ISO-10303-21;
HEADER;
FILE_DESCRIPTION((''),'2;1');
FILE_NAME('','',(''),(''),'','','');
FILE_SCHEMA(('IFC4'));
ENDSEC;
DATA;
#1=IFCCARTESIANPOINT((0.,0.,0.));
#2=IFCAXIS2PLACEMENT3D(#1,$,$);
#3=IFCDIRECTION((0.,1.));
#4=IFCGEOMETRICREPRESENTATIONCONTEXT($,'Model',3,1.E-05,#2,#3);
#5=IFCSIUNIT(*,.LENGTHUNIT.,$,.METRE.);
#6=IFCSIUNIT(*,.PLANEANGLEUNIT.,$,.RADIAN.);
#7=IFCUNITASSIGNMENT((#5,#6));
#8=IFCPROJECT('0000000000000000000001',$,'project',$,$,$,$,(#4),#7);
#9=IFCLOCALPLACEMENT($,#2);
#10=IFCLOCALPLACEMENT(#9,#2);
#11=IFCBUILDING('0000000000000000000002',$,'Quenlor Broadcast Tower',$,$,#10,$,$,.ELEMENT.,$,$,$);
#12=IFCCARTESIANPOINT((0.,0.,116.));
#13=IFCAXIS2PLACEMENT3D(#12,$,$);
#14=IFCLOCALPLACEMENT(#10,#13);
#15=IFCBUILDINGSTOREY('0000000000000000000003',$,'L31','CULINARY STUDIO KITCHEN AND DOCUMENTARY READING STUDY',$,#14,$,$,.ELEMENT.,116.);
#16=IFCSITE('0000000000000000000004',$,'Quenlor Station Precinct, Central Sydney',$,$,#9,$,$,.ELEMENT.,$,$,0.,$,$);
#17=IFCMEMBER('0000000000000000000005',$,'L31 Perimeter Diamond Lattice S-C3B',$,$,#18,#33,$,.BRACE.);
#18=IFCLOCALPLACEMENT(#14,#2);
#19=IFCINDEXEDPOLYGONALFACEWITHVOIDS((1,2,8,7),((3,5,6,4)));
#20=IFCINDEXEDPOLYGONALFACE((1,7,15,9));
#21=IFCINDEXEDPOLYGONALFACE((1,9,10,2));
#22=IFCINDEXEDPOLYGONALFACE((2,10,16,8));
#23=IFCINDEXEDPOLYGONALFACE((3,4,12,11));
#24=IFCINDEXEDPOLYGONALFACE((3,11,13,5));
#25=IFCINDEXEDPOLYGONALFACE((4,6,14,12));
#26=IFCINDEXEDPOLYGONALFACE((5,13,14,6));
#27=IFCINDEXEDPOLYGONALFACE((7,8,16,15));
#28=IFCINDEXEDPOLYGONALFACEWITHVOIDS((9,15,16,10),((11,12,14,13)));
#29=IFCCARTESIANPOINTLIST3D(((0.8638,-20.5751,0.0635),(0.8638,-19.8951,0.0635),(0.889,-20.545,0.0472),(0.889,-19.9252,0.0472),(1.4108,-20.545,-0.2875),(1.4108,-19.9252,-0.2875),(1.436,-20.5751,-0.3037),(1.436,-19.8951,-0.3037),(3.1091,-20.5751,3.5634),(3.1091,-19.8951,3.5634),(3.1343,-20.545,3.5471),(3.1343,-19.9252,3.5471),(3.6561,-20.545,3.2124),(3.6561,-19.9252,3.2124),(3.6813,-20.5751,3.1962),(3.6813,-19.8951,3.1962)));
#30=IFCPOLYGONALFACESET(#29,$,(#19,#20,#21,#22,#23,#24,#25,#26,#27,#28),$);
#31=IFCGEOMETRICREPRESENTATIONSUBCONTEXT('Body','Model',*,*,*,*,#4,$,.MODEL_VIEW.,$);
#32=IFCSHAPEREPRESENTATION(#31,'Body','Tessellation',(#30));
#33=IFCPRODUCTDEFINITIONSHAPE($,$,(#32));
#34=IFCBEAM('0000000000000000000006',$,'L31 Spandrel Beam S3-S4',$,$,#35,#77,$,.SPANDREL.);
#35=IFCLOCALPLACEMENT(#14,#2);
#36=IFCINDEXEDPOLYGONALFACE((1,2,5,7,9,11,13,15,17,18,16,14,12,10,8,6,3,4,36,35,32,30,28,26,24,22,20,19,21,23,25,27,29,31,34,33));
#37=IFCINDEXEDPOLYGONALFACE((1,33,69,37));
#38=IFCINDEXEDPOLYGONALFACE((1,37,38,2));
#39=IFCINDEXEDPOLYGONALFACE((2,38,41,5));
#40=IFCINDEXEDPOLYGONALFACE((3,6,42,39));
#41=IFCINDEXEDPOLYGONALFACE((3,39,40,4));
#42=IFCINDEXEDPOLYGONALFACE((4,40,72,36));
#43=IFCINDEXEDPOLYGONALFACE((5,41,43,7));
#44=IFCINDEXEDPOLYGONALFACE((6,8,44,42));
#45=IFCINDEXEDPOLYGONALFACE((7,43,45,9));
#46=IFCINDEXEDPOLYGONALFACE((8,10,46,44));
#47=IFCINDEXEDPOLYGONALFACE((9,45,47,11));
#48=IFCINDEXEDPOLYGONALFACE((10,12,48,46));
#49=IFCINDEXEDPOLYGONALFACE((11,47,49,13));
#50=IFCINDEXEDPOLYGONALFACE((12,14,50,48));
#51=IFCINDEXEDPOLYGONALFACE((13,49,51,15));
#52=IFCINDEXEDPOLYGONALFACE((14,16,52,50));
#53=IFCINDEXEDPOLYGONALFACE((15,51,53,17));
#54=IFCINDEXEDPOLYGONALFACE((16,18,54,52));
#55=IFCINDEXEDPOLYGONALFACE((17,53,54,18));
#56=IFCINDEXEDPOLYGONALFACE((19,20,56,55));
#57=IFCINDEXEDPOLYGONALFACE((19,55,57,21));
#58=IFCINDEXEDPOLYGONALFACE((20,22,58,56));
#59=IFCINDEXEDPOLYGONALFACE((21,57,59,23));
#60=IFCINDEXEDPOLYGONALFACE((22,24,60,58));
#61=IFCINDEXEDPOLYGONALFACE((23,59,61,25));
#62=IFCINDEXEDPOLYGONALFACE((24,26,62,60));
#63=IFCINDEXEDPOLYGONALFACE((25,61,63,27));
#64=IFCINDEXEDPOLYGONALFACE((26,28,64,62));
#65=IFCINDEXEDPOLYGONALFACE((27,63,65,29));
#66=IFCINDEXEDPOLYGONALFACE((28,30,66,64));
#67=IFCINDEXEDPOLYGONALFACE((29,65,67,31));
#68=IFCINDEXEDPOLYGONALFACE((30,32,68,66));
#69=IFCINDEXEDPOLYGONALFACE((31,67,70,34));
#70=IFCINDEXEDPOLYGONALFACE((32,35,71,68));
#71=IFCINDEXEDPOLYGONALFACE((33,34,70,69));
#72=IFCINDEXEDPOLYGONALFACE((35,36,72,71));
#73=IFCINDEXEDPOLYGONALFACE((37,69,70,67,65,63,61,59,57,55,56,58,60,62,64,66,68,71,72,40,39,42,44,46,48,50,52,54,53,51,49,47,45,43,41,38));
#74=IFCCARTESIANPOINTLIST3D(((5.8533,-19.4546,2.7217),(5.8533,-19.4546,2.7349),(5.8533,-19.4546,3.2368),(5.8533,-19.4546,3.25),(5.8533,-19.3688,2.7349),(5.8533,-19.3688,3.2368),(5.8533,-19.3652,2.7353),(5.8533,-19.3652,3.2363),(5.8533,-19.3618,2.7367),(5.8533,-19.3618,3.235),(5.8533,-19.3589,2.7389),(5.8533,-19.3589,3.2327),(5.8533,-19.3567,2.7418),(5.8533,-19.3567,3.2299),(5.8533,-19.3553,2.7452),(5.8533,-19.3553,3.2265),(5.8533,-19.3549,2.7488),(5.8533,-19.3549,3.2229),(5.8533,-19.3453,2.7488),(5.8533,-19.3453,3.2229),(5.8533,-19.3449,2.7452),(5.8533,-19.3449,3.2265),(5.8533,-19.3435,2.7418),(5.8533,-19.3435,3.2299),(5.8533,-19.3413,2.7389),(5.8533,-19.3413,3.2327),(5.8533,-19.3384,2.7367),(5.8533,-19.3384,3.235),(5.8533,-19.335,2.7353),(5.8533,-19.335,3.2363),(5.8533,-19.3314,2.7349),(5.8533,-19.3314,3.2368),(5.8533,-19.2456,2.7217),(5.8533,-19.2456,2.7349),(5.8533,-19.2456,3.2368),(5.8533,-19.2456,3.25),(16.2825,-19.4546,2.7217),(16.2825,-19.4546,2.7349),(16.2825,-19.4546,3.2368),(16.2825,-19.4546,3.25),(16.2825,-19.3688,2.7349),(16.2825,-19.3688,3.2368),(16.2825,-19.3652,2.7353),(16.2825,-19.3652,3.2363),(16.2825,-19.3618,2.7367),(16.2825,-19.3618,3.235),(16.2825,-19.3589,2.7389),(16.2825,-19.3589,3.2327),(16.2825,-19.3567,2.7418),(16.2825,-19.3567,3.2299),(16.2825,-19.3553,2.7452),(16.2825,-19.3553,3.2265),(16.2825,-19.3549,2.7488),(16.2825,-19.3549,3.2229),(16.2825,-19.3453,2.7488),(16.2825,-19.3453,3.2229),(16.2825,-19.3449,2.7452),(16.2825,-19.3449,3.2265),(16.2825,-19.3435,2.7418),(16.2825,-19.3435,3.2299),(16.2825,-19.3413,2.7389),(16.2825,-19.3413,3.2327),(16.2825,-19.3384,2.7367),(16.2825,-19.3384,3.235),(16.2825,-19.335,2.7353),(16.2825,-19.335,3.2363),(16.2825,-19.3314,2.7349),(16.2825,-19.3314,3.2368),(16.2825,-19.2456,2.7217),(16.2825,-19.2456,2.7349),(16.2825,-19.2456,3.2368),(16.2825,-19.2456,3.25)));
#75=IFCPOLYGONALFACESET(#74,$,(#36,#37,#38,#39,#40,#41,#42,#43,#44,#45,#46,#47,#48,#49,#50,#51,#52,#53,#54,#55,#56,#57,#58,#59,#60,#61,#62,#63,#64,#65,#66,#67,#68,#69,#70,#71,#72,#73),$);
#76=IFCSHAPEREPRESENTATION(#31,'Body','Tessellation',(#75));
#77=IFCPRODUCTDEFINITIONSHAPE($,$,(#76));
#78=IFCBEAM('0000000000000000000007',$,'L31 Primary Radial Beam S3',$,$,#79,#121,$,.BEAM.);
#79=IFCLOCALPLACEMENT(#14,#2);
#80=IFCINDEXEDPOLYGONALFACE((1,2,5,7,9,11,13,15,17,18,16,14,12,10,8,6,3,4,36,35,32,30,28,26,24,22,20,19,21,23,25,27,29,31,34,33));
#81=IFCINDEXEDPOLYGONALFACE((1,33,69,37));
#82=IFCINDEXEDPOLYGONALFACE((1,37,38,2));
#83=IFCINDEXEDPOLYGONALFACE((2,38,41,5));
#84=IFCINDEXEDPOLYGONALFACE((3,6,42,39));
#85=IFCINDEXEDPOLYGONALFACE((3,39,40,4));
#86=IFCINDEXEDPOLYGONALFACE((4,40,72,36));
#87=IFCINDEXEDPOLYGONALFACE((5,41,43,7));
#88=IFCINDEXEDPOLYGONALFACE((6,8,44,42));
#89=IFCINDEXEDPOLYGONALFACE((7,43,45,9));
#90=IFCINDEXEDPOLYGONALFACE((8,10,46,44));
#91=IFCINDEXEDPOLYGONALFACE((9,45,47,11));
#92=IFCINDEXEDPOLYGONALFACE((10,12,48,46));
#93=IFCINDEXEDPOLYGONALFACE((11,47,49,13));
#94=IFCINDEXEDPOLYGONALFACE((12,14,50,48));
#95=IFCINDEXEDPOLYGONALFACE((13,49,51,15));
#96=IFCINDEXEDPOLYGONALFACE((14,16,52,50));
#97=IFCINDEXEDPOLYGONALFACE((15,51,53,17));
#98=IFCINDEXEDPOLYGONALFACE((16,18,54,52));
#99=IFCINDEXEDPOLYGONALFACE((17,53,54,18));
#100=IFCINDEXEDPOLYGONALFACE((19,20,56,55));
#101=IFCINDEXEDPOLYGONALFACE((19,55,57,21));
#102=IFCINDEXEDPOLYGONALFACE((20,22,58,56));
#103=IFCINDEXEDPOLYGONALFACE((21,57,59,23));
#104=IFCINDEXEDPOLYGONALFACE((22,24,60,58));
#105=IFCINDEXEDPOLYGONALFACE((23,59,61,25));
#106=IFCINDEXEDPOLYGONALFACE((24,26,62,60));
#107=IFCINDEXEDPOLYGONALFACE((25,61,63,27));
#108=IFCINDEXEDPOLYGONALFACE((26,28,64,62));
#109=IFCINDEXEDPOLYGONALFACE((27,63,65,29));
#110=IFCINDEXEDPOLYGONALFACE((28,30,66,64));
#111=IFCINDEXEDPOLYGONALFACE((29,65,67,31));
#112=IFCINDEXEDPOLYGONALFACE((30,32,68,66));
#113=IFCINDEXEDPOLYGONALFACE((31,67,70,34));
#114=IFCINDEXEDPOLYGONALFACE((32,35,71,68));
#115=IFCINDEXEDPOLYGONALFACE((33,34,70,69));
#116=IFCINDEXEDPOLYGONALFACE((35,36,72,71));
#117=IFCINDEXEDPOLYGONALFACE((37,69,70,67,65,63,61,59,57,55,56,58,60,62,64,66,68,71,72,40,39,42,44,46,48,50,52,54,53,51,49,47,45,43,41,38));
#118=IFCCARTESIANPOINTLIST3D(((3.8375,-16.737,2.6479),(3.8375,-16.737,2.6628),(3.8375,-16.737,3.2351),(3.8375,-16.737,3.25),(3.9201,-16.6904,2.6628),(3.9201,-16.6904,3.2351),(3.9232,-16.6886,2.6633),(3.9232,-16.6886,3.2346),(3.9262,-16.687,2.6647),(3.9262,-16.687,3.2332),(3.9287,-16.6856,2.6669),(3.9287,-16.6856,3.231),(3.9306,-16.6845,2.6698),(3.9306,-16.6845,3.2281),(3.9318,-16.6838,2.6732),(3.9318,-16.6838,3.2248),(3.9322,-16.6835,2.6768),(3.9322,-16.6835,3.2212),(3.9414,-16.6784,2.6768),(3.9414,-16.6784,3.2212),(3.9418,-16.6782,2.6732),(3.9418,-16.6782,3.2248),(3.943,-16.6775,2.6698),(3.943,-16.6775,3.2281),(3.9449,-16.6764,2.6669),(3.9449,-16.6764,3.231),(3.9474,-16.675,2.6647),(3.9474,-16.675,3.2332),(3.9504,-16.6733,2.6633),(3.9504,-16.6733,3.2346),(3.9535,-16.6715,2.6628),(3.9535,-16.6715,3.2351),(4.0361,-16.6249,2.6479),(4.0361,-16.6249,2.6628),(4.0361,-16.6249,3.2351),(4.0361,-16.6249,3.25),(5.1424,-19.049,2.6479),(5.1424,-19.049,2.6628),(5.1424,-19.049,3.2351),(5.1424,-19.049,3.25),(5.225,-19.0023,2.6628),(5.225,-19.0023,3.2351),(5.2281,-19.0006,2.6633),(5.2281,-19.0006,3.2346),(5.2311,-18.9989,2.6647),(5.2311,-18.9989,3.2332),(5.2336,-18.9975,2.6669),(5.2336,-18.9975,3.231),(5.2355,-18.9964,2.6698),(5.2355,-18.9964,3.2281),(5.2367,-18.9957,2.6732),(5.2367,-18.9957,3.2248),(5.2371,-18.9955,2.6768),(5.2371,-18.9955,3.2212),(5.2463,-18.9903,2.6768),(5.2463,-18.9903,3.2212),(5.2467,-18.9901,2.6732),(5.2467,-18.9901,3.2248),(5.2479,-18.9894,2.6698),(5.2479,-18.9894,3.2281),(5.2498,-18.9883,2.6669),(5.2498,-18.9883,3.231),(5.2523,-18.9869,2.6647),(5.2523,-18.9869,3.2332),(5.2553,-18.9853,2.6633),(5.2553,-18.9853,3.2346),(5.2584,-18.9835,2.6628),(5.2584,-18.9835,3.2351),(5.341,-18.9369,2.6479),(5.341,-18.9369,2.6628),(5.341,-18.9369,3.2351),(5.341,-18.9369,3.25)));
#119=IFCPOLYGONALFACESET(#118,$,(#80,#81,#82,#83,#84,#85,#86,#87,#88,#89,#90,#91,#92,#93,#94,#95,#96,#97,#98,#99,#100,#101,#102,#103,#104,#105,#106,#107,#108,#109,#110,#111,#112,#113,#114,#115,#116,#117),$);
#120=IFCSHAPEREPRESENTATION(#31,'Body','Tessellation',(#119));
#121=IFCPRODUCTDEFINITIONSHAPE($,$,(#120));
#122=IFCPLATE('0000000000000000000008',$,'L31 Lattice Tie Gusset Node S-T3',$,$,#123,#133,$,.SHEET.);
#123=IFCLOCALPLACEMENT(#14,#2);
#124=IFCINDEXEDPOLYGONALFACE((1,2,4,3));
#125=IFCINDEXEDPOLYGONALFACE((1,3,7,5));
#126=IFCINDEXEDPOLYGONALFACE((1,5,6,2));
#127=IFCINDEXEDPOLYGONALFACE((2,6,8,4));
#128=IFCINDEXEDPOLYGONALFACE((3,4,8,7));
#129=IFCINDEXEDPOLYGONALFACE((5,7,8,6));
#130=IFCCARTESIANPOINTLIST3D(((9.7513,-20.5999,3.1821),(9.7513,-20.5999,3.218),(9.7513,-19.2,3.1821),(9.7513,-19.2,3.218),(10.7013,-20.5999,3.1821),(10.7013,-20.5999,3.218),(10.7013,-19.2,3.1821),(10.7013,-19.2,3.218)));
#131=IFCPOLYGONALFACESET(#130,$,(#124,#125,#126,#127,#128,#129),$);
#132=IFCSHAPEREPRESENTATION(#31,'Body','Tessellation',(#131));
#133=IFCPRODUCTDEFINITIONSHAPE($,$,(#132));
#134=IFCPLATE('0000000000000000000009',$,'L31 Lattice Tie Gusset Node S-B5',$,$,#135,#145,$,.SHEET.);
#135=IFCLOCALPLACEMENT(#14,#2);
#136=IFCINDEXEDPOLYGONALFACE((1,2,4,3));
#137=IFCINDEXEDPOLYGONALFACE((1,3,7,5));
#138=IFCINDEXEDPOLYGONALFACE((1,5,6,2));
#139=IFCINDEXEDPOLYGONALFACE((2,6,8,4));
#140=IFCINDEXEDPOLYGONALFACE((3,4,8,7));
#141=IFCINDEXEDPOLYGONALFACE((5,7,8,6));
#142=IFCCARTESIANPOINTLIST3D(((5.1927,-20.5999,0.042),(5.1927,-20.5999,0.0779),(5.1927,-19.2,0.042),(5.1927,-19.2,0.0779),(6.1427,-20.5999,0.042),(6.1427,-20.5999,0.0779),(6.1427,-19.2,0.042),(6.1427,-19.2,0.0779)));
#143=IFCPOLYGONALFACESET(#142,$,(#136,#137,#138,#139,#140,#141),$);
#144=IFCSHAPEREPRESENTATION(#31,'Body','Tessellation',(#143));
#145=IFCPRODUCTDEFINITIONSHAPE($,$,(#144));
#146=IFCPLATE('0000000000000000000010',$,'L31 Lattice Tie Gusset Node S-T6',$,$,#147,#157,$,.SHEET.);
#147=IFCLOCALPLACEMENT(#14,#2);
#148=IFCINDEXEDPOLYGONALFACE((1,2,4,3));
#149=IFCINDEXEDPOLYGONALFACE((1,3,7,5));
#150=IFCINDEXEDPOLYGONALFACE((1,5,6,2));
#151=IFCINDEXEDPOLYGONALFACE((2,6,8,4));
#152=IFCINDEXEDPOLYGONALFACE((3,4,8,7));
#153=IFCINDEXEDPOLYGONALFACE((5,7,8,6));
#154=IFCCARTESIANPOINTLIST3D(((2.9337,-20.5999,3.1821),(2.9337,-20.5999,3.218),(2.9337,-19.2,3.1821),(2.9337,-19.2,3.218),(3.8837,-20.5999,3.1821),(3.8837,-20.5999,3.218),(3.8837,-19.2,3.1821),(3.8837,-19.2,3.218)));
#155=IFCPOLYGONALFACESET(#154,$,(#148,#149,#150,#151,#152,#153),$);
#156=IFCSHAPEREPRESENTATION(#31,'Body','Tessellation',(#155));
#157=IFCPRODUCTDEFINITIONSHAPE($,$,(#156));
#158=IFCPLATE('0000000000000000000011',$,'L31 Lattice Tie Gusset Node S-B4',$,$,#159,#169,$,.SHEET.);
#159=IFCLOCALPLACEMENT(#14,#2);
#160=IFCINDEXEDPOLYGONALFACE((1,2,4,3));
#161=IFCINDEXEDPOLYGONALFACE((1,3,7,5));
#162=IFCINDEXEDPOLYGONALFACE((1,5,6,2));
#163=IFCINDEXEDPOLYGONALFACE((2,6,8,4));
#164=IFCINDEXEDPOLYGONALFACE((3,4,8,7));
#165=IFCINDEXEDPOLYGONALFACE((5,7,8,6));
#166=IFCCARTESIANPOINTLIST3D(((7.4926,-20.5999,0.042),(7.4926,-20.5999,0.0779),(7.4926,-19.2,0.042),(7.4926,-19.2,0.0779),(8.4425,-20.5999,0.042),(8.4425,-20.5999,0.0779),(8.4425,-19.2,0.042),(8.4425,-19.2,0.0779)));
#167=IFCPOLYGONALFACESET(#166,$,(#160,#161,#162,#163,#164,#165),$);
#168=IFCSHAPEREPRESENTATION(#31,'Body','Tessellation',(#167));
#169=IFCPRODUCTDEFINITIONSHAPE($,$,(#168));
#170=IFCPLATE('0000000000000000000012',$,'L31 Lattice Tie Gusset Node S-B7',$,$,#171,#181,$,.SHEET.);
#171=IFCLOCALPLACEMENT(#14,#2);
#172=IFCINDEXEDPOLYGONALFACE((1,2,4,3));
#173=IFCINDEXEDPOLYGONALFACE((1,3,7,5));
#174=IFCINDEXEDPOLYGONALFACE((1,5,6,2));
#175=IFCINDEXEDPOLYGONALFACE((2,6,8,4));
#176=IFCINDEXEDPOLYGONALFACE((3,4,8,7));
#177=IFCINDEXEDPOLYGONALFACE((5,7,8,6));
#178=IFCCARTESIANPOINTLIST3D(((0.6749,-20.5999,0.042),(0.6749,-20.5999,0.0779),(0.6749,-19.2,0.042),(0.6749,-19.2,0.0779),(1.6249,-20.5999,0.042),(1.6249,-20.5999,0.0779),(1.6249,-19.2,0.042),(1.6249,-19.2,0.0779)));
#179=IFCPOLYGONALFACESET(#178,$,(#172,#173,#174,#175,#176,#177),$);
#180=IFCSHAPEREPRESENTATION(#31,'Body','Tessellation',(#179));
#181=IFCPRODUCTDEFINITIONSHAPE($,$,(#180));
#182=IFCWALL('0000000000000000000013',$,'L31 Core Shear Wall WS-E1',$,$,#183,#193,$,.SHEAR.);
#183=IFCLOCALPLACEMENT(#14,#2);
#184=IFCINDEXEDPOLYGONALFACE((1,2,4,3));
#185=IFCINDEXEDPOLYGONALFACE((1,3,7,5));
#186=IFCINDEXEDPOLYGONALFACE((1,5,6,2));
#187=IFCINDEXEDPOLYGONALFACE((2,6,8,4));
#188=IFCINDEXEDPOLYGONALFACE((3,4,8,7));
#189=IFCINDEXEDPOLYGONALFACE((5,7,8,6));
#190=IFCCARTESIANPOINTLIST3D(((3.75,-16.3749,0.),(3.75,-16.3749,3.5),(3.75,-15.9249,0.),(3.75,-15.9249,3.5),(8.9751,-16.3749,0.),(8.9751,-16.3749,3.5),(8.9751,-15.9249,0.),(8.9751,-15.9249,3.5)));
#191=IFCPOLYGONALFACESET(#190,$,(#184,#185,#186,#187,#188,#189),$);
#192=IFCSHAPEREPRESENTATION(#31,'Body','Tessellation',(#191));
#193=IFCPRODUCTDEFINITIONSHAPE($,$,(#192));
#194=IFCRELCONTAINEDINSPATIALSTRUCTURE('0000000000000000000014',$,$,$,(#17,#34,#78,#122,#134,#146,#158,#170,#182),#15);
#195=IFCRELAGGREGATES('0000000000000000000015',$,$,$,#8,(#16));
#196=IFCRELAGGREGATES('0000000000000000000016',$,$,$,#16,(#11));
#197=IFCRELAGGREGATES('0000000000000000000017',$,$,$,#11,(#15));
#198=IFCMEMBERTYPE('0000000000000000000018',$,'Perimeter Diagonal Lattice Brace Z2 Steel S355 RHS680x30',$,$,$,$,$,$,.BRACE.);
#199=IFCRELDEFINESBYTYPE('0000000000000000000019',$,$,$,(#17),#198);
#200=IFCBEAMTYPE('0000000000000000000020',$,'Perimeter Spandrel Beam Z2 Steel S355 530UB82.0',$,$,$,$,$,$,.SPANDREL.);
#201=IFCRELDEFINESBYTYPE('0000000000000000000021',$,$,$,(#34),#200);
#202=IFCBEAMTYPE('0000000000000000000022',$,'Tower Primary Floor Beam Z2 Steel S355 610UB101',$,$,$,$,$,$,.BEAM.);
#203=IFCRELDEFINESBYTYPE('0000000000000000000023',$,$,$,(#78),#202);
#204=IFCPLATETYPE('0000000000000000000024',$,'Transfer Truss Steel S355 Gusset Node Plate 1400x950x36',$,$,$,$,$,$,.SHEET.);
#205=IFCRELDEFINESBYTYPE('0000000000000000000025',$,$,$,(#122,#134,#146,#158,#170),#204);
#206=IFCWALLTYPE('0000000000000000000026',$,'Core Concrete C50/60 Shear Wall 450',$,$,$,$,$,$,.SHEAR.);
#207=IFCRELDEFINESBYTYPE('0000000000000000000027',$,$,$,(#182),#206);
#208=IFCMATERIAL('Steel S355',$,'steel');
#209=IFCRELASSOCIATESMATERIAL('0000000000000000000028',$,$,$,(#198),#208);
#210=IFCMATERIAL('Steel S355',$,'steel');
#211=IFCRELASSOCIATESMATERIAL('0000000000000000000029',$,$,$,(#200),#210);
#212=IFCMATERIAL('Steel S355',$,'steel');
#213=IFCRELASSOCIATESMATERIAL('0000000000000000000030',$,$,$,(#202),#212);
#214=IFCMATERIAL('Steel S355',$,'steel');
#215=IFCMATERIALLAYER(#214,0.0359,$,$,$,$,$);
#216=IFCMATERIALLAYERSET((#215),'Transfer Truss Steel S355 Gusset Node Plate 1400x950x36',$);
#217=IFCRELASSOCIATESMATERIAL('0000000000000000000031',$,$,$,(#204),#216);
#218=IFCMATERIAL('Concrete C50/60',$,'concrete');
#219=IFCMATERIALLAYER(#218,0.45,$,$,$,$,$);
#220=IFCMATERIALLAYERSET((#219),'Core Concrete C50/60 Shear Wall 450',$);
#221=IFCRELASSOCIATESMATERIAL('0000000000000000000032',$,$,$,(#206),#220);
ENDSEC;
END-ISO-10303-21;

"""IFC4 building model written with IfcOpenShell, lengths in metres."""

from ifc_helpers import new_model, si_unit, direction, frame, frame_2d, origin, origin_2d, place, context, subcontext, project, spatial, rectangle, hollow_rectangle, i_section, extrude, material, layer, layer_set, material_profile, profile_set, type_object, element, save


model = new_model("IFC4")

# Units and contexts
model_context = context("Model", 3, precision=1e-05, world=origin(), true_north=direction((0.0, 1.0)))
body_context = subcontext(model_context, "Body", "Model", "MODEL_VIEW")
ifc_project = project(units=[si_unit("LENGTHUNIT", "METRE"), si_unit("PLANEANGLEUNIT", "RADIAN")], contexts=[model_context])

# Site, building, storey
site_placement = place(None, origin())
site = spatial("IfcSite", under=ifc_project, at=site_placement, Name="Quenlor Station Precinct, Central Sydney", CompositionType="ELEMENT", RefElevation=0.0)
building_placement = place(site_placement, origin())
building = spatial("IfcBuilding", under=site, at=building_placement, Name="Quenlor Broadcast Tower", CompositionType="ELEMENT")
storey_placement = place(building_placement, frame((0.0, 0.0, 116.0)))
storey = spatial("IfcBuildingStorey", under=building, at=storey_placement, Name="L31", Description="CULINARY STUDIO KITCHEN AND DOCUMENTARY READING STUDY", CompositionType="ELEMENT", Elevation=116.0)

# Member
ifc_material_1 = material(Name="Steel S355", Category="steel")
ifc_material_profile_1 = material_profile(ifc_material_1, hollow_rectangle(XDim=0.6799, YDim=0.6799, WallThickness=0.03, at=origin_2d()))
ifc_profile_set_1 = profile_set([ifc_material_profile_1], Name="Steel S355 RHS680x680x30")
member_type_1 = type_object("IfcMemberType", Name="Perimeter Diagonal Lattice Brace Z2 Steel S355 RHS680x30", PredefinedType="BRACE", material=ifc_profile_set_1)
for number, where, z_axis, x_axis, name in (
    (1, (1.1499, -20.2351, -0.1201), (0.539968, 0.0, 0.841686), (0.0, 1.0, 0.0), "L31 Perimeter Diamond Lattice S-C3B"),
):
    element("IfcMember", number, at=place(storey_placement, frame(where, z_axis=z_axis, x_axis=x_axis)), inside=storey, type_object=member_type_1, Name=name, PredefinedType="BRACE", context=body_context, shape_type="SweptSolid", body=[
        extrude(hollow_rectangle(XDim=0.6799, YDim=0.6799, WallThickness=0.03, at=origin_2d()), origin(), (0.0, 0.0, 1.0), 4.1582),
    ])

# Beams
ifc_material_2 = material(Name="Steel S355", Category="steel")
ifc_material_profile_2 = material_profile(ifc_material_2, i_section(OverallWidth=0.209, OverallDepth=0.5283, WebThickness=0.0095, FlangeThickness=0.0132, FilletRadius=0.0139, at=origin_2d()))
ifc_profile_set_2 = profile_set([ifc_material_profile_2], Name="Steel S355 530UB82.0")
beam_type_1 = type_object("IfcBeamType", Name="Perimeter Spandrel Beam Z2 Steel S355 530UB82.0", PredefinedType="SPANDREL", material=ifc_profile_set_2)
beam_1_placement = place(storey_placement, frame((5.8533, -19.3501, 2.9858), z_axis=(1.0, 0.0, 0.0), x_axis=(0.0, 1.0, 0.0)))
element("IfcBeam", 2, at=beam_1_placement, inside=storey, type_object=beam_type_1, Name="L31 Spandrel Beam S3-S4", PredefinedType="SPANDREL", context=body_context, shape_type="SweptSolid", body=[
    extrude(i_section(OverallWidth=0.209, OverallDepth=0.5283, WebThickness=0.0095, FlangeThickness=0.0132, FilletRadius=0.0139, at=origin_2d()), origin(), (0.0, 0.0, 1.0), 10.4292),
])
ifc_material_3 = material(Name="Steel S355", Category="steel")
ifc_material_profile_3 = material_profile(ifc_material_3, i_section(OverallWidth=0.228, OverallDepth=0.6021, WebThickness=0.0105, FlangeThickness=0.0149, FilletRadius=0.0139, at=origin_2d()))
ifc_profile_set_3 = profile_set([ifc_material_profile_3], Name="Steel S355 610UB101")
beam_type_2 = type_object("IfcBeamType", Name="Tower Primary Floor Beam Z2 Steel S355 610UB101", PredefinedType="BEAM", material=ifc_profile_set_3)
beam_2_placement = place(storey_placement, frame((5.2417, -18.9929, 2.949), z_axis=(-0.491527, 0.870862, 0.0), x_axis=(-0.870862, -0.491527, 0.0)))
element("IfcBeam", 3, at=beam_2_placement, inside=storey, type_object=beam_type_2, Name="L31 Primary Radial Beam S3", PredefinedType="BEAM", context=body_context, shape_type="SweptSolid", body=[
    extrude(i_section(OverallWidth=0.228, OverallDepth=0.6021, WebThickness=0.0105, FlangeThickness=0.0149, FilletRadius=0.0139, at=origin_2d()), origin(), (0.0, 0.0, 1.0), 2.6548),
])

# Plates
ifc_material_4 = material(Name="Steel S355", Category="steel")
ifc_layer_1 = layer(ifc_material_4, 0.0359)
ifc_layer_set_1 = layer_set([ifc_layer_1], Name="Transfer Truss Steel S355 Gusset Node Plate 1400x950x36")
plate_type = type_object("IfcPlateType", Name="Transfer Truss Steel S355 Gusset Node Plate 1400x950x36", PredefinedType="SHEET", material=ifc_layer_set_1)
for number, where, z_axis, x_axis, name in (
    (4, (10.2263, -19.8999, 3.1821), (0.0, 0.0, 1.0), (0.0, -1.0, 0.0), "L31 Lattice Tie Gusset Node S-T3"),
    (5, (5.6677, -19.8999, 0.042), (0.0, 0.0, 1.0), (0.0, -1.0, 0.0), "L31 Lattice Tie Gusset Node S-B5"),
    (6, (3.4087, -19.8999, 3.1821), (0.0, 0.0, 1.0), (0.0, -1.0, 0.0), "L31 Lattice Tie Gusset Node S-T6"),
    (7, (7.9675, -19.8999, 0.042), (0.0, 0.0, 1.0), (0.0, -1.0, 0.0), "L31 Lattice Tie Gusset Node S-B4"),
    (8, (1.1499, -19.8999, 0.042), (0.0, 0.0, 1.0), (0.0, -1.0, 0.0), "L31 Lattice Tie Gusset Node S-B7"),
):
    element("IfcPlate", number, at=place(storey_placement, frame(where, z_axis=z_axis, x_axis=x_axis)), inside=storey, type_object=plate_type, Name=name, PredefinedType="SHEET", context=body_context, shape_type="SweptSolid", body=[
        extrude(rectangle(XDim=1.3999, YDim=0.95, at=origin_2d()), origin(), (0.0, 0.0, 1.0), 0.0359),
    ])

# Wall
ifc_material_5 = material(Name="Concrete C50/60", Category="concrete")
ifc_layer_2 = layer(ifc_material_5, 0.45)
ifc_layer_set_2 = layer_set([ifc_layer_2], Name="Core Concrete C50/60 Shear Wall 450")
wall_type_1 = type_object("IfcWallType", Name="Core Concrete C50/60 Shear Wall 450", PredefinedType="SHEAR", material=ifc_layer_set_2)
wall_1_placement = place(storey_placement, frame((3.75, -16.1499, 0.0), z_axis=(0.0, 0.0, 1.0), x_axis=(1.0, 0.0, 0.0)))
element("IfcWall", 9, at=wall_1_placement, inside=storey, type_object=wall_type_1, Name="L31 Core Shear Wall WS-E1", PredefinedType="SHEAR", context=body_context, shape_type="SweptSolid", body=[
    extrude(rectangle(XDim=5.2251, YDim=0.45, at=frame_2d((2.6125, 0.0))), origin(), (0.0, 0.0, 1.0), 3.5),
])

save(model, "model.ifc")
